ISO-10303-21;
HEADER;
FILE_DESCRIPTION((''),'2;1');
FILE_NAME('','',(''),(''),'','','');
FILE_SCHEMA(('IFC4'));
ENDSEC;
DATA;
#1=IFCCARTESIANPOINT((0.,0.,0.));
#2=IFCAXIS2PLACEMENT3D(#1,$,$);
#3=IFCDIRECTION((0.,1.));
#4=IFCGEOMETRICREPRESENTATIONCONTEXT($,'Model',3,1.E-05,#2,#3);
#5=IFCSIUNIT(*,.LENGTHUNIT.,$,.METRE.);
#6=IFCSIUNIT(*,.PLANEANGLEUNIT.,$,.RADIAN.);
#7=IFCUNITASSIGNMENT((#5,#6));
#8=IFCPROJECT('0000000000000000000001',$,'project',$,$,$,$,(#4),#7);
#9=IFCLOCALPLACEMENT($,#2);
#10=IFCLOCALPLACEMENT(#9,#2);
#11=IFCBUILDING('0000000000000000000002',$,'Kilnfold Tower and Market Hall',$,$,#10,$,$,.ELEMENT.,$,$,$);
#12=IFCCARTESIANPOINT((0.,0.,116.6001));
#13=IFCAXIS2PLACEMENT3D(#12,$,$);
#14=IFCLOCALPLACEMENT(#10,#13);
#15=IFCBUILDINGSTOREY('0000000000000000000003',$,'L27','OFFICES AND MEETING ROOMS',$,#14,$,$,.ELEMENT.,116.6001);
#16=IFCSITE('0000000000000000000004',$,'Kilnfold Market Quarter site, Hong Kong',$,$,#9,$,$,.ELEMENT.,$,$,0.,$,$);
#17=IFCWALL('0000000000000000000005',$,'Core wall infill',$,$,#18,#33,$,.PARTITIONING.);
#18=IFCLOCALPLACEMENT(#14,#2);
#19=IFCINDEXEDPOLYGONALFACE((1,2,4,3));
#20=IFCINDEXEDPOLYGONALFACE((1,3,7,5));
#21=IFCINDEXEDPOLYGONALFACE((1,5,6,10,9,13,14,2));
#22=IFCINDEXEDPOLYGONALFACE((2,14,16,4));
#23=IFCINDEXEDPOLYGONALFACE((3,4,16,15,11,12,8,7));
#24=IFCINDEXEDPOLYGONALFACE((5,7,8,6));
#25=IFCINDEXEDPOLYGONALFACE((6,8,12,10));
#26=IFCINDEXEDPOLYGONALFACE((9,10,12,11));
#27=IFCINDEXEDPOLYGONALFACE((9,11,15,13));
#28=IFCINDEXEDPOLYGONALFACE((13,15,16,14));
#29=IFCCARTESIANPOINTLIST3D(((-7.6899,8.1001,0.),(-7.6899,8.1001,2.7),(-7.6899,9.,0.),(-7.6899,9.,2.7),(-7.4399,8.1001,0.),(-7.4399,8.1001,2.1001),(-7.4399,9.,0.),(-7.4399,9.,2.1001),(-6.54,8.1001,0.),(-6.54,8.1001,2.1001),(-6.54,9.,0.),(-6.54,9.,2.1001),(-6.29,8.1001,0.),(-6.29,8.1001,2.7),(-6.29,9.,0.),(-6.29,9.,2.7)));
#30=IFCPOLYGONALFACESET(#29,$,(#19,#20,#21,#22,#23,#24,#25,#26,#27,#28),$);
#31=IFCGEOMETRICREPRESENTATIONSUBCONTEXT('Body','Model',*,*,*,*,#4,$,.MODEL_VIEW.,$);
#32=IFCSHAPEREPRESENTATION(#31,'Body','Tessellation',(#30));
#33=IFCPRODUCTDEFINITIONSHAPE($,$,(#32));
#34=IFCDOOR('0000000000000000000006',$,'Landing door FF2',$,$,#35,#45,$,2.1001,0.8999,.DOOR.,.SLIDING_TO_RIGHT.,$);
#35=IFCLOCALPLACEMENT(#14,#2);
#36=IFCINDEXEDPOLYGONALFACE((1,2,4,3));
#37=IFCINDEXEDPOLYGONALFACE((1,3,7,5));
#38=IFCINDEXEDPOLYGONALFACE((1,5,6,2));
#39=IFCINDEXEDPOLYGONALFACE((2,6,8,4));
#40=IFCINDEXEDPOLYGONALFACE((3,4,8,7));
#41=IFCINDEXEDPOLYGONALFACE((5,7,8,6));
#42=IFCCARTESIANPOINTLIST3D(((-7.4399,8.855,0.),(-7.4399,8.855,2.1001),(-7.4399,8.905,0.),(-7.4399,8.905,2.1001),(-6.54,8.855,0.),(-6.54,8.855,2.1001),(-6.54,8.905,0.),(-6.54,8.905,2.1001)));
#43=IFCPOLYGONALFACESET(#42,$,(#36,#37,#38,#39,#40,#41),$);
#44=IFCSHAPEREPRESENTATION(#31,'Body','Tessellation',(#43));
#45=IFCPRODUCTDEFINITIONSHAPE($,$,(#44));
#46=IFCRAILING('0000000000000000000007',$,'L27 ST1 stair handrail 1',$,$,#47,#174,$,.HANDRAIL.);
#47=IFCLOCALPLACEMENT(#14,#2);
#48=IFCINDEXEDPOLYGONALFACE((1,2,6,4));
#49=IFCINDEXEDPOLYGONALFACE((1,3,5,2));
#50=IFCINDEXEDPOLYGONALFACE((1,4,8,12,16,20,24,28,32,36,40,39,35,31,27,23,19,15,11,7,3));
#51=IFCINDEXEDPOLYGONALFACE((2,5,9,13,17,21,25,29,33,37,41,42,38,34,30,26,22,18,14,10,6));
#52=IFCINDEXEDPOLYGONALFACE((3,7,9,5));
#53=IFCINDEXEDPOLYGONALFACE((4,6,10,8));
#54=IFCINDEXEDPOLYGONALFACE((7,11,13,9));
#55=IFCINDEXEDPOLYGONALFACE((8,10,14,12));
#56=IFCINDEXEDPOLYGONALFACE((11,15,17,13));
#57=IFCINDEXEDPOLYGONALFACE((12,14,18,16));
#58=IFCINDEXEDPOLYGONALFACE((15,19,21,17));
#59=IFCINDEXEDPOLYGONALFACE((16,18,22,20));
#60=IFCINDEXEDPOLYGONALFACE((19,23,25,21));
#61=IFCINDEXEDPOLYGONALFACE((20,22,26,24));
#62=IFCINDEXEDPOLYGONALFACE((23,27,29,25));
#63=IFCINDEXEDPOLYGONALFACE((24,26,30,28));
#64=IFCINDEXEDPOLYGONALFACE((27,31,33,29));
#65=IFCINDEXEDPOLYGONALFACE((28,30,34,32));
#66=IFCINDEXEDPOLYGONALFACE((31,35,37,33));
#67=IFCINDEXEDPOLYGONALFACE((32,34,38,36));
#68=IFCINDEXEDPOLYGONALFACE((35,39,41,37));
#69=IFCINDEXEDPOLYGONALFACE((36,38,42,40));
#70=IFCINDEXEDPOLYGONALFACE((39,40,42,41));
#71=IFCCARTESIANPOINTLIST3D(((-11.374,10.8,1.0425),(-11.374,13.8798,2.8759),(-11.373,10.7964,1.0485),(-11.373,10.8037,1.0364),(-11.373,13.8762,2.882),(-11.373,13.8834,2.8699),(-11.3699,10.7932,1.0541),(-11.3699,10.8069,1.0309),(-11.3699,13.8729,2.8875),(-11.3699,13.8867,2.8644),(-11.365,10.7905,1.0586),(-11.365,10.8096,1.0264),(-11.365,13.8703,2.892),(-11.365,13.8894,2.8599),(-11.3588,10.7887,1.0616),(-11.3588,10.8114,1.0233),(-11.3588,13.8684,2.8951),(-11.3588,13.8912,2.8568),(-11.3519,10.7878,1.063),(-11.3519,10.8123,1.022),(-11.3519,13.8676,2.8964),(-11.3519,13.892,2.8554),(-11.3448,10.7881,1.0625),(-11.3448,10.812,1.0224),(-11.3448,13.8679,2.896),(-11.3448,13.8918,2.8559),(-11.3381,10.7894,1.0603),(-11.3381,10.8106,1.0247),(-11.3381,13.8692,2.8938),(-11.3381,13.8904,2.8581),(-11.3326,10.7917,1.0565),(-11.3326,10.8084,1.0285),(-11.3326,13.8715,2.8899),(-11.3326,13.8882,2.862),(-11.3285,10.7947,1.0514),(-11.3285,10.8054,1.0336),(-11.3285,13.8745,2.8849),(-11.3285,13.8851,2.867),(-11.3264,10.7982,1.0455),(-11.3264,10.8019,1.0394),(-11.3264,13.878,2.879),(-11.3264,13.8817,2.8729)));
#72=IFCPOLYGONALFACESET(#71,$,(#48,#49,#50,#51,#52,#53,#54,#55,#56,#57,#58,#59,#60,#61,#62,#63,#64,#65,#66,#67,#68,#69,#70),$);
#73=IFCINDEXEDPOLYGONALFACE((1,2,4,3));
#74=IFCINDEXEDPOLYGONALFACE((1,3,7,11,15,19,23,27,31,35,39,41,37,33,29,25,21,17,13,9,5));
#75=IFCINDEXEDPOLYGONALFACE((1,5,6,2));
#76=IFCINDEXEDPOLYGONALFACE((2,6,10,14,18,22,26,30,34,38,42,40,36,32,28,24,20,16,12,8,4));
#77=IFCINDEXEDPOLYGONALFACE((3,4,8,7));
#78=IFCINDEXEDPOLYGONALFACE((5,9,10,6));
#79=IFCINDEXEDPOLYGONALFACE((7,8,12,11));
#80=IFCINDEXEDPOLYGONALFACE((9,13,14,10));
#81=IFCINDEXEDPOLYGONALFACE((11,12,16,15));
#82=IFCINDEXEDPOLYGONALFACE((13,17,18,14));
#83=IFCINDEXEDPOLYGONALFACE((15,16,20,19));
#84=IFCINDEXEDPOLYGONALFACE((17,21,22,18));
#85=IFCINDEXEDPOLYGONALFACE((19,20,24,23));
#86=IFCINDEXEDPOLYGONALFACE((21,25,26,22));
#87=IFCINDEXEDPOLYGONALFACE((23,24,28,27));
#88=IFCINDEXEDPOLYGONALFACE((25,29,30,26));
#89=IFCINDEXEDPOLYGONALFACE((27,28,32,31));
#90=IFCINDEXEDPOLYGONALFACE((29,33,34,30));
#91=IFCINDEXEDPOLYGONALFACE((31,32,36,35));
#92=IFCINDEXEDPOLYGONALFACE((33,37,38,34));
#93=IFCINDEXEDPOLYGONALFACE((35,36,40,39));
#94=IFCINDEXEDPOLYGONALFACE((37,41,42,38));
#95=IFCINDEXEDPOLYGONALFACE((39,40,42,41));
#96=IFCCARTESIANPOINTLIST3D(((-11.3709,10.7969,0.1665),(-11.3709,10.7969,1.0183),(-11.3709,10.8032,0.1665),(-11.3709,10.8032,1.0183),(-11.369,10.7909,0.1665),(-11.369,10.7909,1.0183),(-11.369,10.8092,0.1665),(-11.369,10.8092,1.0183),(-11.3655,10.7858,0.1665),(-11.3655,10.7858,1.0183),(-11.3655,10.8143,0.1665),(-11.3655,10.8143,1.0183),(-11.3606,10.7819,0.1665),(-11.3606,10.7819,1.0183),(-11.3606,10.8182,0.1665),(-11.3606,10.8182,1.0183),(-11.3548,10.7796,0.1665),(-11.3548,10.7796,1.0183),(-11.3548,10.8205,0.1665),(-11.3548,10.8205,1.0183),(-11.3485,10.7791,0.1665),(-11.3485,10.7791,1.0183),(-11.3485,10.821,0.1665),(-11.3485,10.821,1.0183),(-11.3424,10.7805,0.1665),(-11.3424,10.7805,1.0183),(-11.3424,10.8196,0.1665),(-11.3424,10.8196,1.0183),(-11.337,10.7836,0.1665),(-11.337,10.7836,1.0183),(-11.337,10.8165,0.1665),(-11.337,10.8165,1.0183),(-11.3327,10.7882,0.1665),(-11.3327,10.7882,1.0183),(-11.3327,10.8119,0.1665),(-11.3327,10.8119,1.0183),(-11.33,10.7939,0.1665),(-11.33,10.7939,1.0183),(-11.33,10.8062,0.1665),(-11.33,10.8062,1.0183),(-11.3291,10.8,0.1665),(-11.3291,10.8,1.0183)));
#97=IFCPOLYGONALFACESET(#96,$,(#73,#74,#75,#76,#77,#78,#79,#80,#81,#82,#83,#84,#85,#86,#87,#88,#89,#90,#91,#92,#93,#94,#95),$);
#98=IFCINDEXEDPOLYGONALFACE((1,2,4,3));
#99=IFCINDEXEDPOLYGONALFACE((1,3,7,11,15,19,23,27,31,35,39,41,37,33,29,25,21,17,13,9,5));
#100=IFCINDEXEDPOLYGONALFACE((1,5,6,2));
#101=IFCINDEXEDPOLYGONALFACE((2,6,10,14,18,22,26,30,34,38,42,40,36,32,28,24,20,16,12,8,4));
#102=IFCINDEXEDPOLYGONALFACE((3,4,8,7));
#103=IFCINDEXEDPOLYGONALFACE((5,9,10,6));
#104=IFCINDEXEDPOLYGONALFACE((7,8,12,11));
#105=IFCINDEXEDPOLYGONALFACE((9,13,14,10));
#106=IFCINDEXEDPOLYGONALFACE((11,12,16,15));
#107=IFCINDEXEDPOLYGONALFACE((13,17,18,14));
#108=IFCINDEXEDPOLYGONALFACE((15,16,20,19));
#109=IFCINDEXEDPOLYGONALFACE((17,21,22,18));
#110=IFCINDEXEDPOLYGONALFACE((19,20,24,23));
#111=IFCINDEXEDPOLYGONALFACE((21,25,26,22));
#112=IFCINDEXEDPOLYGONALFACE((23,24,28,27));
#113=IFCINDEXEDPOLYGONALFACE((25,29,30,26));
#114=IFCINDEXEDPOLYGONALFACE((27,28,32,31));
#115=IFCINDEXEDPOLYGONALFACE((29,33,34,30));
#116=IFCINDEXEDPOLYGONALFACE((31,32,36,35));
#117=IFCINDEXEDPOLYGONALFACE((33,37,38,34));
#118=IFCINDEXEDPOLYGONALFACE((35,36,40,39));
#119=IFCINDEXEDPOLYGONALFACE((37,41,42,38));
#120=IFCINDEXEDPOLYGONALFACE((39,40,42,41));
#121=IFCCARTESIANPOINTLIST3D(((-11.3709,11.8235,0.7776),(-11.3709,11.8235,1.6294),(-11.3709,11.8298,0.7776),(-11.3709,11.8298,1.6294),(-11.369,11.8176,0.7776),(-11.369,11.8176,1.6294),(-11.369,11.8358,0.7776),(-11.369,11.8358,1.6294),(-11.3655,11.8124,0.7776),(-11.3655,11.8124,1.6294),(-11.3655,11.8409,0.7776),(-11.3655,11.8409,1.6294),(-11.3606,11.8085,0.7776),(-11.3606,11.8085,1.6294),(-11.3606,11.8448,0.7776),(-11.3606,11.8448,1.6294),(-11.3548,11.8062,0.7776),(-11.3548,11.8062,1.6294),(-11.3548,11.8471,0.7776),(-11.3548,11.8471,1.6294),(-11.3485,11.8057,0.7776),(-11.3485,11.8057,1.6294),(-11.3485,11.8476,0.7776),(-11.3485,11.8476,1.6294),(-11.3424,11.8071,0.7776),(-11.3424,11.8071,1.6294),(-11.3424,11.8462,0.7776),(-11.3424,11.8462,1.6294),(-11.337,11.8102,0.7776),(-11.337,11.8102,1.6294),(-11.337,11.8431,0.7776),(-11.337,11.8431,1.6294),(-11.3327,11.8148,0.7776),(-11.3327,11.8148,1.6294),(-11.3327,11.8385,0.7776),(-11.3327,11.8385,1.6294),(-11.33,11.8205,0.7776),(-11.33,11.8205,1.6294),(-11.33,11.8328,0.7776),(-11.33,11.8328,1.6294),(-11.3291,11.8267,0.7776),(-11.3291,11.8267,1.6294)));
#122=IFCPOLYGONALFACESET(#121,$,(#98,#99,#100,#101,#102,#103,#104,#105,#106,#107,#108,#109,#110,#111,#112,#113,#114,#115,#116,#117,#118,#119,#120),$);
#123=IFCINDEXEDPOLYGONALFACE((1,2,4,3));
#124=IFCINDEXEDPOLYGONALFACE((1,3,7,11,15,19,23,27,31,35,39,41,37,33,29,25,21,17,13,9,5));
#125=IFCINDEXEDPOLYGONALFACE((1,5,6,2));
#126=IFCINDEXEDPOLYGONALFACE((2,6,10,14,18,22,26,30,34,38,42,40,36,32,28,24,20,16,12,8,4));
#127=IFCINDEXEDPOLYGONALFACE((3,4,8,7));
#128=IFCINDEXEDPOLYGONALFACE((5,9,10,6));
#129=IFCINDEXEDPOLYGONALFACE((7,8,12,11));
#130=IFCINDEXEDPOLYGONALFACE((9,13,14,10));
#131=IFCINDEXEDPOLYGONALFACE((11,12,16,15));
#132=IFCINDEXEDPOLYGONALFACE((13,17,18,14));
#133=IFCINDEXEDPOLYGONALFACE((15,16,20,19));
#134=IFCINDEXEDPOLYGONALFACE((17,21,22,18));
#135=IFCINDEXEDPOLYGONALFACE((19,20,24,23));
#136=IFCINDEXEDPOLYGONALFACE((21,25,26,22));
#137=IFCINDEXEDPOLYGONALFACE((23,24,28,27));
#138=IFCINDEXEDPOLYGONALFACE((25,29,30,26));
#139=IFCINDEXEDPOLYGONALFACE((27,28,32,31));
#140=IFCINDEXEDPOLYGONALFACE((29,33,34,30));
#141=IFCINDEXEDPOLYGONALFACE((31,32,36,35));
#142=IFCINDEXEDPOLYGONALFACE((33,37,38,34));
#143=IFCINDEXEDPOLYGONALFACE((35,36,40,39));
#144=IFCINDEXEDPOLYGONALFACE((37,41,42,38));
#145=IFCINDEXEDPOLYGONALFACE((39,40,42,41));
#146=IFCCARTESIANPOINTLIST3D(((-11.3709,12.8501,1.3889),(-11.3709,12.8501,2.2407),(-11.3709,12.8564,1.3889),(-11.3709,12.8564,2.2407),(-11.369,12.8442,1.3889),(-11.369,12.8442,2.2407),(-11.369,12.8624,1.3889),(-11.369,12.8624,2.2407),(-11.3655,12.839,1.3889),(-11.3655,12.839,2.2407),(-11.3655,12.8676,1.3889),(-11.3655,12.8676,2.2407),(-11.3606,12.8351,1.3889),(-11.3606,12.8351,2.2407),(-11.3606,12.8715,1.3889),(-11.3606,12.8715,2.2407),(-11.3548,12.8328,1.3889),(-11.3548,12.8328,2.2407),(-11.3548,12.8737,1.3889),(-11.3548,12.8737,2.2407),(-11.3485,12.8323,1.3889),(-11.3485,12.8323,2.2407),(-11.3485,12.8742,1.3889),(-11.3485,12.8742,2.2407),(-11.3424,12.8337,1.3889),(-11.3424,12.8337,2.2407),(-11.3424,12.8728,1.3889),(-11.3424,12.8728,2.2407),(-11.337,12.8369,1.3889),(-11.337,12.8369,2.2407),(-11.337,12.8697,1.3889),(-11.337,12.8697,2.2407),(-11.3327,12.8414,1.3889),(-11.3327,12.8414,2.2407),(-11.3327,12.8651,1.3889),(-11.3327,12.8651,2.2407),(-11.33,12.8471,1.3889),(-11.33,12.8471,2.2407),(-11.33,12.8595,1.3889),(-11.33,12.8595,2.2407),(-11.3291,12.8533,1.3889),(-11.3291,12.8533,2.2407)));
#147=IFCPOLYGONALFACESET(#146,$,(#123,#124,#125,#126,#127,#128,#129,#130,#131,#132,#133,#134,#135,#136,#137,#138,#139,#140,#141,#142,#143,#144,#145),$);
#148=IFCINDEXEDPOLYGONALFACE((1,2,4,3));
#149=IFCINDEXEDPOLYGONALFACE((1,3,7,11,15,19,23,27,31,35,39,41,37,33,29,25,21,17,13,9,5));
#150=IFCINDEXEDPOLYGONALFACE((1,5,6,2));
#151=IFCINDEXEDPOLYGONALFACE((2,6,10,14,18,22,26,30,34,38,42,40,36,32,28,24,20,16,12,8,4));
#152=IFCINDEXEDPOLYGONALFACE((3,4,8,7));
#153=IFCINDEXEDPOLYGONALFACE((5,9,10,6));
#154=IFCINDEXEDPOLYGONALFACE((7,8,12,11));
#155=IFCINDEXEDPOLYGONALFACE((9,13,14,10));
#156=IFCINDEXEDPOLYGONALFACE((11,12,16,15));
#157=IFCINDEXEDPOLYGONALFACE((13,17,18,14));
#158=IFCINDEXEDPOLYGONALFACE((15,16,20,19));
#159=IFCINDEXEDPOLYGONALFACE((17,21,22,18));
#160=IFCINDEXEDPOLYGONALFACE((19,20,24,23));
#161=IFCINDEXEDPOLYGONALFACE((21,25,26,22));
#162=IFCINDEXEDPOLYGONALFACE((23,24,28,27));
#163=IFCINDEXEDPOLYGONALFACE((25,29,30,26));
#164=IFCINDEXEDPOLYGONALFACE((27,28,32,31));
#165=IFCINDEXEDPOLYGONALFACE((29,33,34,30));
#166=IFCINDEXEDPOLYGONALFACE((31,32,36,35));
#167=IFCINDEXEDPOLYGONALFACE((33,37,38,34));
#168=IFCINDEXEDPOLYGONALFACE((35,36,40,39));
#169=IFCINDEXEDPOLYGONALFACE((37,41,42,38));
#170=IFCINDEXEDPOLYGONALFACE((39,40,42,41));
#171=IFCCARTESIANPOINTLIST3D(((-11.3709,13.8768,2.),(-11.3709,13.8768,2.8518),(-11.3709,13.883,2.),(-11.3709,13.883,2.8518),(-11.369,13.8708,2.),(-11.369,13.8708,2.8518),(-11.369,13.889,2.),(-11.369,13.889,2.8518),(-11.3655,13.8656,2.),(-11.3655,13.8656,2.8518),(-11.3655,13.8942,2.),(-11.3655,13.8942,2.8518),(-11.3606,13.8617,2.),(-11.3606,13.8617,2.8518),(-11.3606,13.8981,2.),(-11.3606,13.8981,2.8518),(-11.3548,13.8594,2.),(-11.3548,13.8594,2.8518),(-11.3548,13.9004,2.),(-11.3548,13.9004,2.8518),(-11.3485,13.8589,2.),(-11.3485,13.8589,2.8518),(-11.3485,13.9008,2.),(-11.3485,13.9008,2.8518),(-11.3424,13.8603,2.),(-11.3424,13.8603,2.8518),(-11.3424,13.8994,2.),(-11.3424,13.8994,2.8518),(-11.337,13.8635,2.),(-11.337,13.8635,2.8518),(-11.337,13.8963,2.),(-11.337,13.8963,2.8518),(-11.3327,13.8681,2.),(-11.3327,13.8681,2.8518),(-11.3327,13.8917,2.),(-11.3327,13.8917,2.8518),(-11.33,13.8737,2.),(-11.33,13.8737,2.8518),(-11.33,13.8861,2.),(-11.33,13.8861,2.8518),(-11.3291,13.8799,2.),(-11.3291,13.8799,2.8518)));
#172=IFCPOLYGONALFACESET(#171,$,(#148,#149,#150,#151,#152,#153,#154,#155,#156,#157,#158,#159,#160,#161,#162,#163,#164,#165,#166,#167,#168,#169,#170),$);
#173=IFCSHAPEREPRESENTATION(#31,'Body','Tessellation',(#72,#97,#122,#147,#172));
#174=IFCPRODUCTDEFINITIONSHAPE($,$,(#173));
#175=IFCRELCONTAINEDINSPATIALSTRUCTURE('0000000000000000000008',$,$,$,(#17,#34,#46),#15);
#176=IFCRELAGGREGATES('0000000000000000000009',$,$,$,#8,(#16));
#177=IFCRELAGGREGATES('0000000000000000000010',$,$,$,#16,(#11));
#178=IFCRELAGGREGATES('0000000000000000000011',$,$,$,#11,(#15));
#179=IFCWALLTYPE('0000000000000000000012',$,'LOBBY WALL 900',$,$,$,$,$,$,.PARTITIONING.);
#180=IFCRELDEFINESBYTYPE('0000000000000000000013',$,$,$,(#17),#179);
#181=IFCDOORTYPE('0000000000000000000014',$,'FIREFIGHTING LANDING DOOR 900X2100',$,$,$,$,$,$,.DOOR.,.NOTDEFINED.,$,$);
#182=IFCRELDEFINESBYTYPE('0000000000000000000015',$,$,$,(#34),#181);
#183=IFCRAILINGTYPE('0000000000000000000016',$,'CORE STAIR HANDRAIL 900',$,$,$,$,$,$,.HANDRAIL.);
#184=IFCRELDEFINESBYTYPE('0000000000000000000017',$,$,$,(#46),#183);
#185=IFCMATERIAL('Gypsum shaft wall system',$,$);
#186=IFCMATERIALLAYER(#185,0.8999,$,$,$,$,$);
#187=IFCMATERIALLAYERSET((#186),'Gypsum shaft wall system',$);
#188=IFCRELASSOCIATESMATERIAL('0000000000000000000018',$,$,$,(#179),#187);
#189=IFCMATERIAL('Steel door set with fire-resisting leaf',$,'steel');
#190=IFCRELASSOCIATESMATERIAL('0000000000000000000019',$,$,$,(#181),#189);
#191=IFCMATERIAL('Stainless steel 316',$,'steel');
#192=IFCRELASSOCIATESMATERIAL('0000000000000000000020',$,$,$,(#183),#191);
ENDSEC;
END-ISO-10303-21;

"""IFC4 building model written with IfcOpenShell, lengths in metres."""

from ifc_helpers import new_model, si_unit, direction, frame, frame_2d, origin, origin_2d, place, context, subcontext, project, spatial, rectangle, circle, extrude, source, transform, mapped, material, layer, layer_set, type_object, element, fill, save


model = new_model("IFC4")

# Units and contexts
model_context = context("Model", 3, precision=1e-05, world=origin(), true_north=direction((0.0, 1.0)))
body_context = subcontext(model_context, "Body", "Model", "MODEL_VIEW")
ifc_project = project(units=[si_unit("LENGTHUNIT", "METRE"), si_unit("PLANEANGLEUNIT", "RADIAN")], contexts=[model_context])

# Site, building, storey
site_placement = place(None, origin())
site = spatial("IfcSite", under=ifc_project, at=site_placement, Name="Kilnfold Market Quarter site, Hong Kong", CompositionType="ELEMENT", RefElevation=0.0)
building_placement = place(site_placement, origin())
building = spatial("IfcBuilding", under=site, at=building_placement, Name="Kilnfold Tower and Market Hall", CompositionType="ELEMENT")
storey_placement = place(building_placement, frame((0.0, 0.0, 116.6001)))
storey = spatial("IfcBuildingStorey", under=building, at=storey_placement, Name="L27", Description="OFFICES AND MEETING ROOMS", CompositionType="ELEMENT", Elevation=116.6001)

# Wall, opening, door
ifc_material_1 = material(Name="Gypsum shaft wall system")
ifc_layer_1 = layer(ifc_material_1, 0.8999)
ifc_layer_set_1 = layer_set([ifc_layer_1], Name="Gypsum shaft wall system")
wall_type_1 = type_object("IfcWallType", Name="LOBBY WALL 900", PredefinedType="PARTITIONING", material=ifc_layer_set_1)
ifc_material_2 = material(Name="Steel door set with fire-resisting leaf", Category="steel")
door_type = type_object("IfcDoorType", Name="FIREFIGHTING LANDING DOOR 900X2100", OperationType="NOTDEFINED", PredefinedType="DOOR", material=ifc_material_2)
shared_shape_1 = source(origin(), body_context, "Body", "SweptSolid", [
    extrude(rectangle(XDim=1.3999, YDim=0.8999, at=frame_2d((0.7, 0.0))), origin(), (0.0, 0.0, 1.0), 2.7),
])
wall_1_placement = place(storey_placement, frame((-7.6899, 8.55, 0.0), z_axis=(0.0, 0.0, 1.0), x_axis=(1.0, 0.0, 0.0)))
wall_1 = element("IfcWall", 1, at=wall_1_placement, inside=storey, type_object=wall_type_1, Name="Core wall infill", PredefinedType="PARTITIONING", context=body_context, shape_type="MappedRepresentation", body=[
    mapped(shared_shape_1, transform((0.0, 0.0, 0.0))),
])
opening_1_placement = place(wall_1_placement, frame((0.25, 0.0, 0.0)))
opening_1 = element("IfcOpeningElement", 2, at=opening_1_placement, cuts=wall_1, PredefinedType="OPENING", context=body_context, shape_type="SweptSolid", body=[
    extrude(rectangle(XDim=0.8999, YDim=2.1001, at=frame_2d((0.45, 1.05))), frame((0.0, 0.46, 0.0), z_axis=(0.0, -1.0, 0.0), x_axis=(1.0, 0.0, 0.0)), (0.0, 0.0, 1.0), 0.9199),
])
door_1_placement = place(opening_1_placement, origin())
door_1 = element("IfcDoor", 3, at=door_1_placement, inside=storey, type_object=door_type, Name="Landing door FF2", OperationType="SLIDING_TO_RIGHT", OverallHeight=2.1001, OverallWidth=0.8999, PredefinedType="DOOR", context=body_context, shape_type="SweptSolid", body=[
    extrude(rectangle(XDim=0.8999, YDim=2.1001, at=frame_2d((0.45, 1.05))), frame((0.0, 0.355, 0.0), z_axis=(0.0, -1.0, 0.0), x_axis=(1.0, 0.0, 0.0)), (0.0, 0.0, 1.0), 0.05),
])
fill(opening_1, door_1)

# Railing
ifc_material_3 = material(Name="Stainless steel 316", Category="steel")
railing_type_1 = type_object("IfcRailingType", Name="CORE STAIR HANDRAIL 900", PredefinedType="HANDRAIL", material=ifc_material_3)
railing_1_placement = place(storey_placement, frame((-11.3501, 10.8, 0.1665)))
element("IfcRailing", 4, at=railing_1_placement, inside=storey, type_object=railing_type_1, Name="L27 ST1 stair handrail 1", PredefinedType="HANDRAIL", context=body_context, shape_type="SweptSolid", body=[
    extrude(circle(Radius=0.0239, at=origin_2d()), frame((0.0, 0.0, 0.876), z_axis=(0.0, 0.859261, 0.511538), x_axis=(-1.0, 0.0, 0.0)), (0.0, 0.0, 1.0), 3.5842),
    extrude(circle(Radius=0.021, at=origin_2d()), origin(), (0.0, 0.0, 1.0), 0.8518),
    extrude(circle(Radius=0.021, at=origin_2d()), frame((0.0, 1.0266, 0.6111)), (0.0, 0.0, 1.0), 0.8518),
    extrude(circle(Radius=0.021, at=origin_2d()), frame((0.0, 2.0532, 1.2224)), (0.0, 0.0, 1.0), 0.8518),
    extrude(circle(Radius=0.021, at=origin_2d()), frame((0.0, 3.0798, 1.8335)), (0.0, 0.0, 1.0), 0.8518),
])

save(model, "model.ifc")
